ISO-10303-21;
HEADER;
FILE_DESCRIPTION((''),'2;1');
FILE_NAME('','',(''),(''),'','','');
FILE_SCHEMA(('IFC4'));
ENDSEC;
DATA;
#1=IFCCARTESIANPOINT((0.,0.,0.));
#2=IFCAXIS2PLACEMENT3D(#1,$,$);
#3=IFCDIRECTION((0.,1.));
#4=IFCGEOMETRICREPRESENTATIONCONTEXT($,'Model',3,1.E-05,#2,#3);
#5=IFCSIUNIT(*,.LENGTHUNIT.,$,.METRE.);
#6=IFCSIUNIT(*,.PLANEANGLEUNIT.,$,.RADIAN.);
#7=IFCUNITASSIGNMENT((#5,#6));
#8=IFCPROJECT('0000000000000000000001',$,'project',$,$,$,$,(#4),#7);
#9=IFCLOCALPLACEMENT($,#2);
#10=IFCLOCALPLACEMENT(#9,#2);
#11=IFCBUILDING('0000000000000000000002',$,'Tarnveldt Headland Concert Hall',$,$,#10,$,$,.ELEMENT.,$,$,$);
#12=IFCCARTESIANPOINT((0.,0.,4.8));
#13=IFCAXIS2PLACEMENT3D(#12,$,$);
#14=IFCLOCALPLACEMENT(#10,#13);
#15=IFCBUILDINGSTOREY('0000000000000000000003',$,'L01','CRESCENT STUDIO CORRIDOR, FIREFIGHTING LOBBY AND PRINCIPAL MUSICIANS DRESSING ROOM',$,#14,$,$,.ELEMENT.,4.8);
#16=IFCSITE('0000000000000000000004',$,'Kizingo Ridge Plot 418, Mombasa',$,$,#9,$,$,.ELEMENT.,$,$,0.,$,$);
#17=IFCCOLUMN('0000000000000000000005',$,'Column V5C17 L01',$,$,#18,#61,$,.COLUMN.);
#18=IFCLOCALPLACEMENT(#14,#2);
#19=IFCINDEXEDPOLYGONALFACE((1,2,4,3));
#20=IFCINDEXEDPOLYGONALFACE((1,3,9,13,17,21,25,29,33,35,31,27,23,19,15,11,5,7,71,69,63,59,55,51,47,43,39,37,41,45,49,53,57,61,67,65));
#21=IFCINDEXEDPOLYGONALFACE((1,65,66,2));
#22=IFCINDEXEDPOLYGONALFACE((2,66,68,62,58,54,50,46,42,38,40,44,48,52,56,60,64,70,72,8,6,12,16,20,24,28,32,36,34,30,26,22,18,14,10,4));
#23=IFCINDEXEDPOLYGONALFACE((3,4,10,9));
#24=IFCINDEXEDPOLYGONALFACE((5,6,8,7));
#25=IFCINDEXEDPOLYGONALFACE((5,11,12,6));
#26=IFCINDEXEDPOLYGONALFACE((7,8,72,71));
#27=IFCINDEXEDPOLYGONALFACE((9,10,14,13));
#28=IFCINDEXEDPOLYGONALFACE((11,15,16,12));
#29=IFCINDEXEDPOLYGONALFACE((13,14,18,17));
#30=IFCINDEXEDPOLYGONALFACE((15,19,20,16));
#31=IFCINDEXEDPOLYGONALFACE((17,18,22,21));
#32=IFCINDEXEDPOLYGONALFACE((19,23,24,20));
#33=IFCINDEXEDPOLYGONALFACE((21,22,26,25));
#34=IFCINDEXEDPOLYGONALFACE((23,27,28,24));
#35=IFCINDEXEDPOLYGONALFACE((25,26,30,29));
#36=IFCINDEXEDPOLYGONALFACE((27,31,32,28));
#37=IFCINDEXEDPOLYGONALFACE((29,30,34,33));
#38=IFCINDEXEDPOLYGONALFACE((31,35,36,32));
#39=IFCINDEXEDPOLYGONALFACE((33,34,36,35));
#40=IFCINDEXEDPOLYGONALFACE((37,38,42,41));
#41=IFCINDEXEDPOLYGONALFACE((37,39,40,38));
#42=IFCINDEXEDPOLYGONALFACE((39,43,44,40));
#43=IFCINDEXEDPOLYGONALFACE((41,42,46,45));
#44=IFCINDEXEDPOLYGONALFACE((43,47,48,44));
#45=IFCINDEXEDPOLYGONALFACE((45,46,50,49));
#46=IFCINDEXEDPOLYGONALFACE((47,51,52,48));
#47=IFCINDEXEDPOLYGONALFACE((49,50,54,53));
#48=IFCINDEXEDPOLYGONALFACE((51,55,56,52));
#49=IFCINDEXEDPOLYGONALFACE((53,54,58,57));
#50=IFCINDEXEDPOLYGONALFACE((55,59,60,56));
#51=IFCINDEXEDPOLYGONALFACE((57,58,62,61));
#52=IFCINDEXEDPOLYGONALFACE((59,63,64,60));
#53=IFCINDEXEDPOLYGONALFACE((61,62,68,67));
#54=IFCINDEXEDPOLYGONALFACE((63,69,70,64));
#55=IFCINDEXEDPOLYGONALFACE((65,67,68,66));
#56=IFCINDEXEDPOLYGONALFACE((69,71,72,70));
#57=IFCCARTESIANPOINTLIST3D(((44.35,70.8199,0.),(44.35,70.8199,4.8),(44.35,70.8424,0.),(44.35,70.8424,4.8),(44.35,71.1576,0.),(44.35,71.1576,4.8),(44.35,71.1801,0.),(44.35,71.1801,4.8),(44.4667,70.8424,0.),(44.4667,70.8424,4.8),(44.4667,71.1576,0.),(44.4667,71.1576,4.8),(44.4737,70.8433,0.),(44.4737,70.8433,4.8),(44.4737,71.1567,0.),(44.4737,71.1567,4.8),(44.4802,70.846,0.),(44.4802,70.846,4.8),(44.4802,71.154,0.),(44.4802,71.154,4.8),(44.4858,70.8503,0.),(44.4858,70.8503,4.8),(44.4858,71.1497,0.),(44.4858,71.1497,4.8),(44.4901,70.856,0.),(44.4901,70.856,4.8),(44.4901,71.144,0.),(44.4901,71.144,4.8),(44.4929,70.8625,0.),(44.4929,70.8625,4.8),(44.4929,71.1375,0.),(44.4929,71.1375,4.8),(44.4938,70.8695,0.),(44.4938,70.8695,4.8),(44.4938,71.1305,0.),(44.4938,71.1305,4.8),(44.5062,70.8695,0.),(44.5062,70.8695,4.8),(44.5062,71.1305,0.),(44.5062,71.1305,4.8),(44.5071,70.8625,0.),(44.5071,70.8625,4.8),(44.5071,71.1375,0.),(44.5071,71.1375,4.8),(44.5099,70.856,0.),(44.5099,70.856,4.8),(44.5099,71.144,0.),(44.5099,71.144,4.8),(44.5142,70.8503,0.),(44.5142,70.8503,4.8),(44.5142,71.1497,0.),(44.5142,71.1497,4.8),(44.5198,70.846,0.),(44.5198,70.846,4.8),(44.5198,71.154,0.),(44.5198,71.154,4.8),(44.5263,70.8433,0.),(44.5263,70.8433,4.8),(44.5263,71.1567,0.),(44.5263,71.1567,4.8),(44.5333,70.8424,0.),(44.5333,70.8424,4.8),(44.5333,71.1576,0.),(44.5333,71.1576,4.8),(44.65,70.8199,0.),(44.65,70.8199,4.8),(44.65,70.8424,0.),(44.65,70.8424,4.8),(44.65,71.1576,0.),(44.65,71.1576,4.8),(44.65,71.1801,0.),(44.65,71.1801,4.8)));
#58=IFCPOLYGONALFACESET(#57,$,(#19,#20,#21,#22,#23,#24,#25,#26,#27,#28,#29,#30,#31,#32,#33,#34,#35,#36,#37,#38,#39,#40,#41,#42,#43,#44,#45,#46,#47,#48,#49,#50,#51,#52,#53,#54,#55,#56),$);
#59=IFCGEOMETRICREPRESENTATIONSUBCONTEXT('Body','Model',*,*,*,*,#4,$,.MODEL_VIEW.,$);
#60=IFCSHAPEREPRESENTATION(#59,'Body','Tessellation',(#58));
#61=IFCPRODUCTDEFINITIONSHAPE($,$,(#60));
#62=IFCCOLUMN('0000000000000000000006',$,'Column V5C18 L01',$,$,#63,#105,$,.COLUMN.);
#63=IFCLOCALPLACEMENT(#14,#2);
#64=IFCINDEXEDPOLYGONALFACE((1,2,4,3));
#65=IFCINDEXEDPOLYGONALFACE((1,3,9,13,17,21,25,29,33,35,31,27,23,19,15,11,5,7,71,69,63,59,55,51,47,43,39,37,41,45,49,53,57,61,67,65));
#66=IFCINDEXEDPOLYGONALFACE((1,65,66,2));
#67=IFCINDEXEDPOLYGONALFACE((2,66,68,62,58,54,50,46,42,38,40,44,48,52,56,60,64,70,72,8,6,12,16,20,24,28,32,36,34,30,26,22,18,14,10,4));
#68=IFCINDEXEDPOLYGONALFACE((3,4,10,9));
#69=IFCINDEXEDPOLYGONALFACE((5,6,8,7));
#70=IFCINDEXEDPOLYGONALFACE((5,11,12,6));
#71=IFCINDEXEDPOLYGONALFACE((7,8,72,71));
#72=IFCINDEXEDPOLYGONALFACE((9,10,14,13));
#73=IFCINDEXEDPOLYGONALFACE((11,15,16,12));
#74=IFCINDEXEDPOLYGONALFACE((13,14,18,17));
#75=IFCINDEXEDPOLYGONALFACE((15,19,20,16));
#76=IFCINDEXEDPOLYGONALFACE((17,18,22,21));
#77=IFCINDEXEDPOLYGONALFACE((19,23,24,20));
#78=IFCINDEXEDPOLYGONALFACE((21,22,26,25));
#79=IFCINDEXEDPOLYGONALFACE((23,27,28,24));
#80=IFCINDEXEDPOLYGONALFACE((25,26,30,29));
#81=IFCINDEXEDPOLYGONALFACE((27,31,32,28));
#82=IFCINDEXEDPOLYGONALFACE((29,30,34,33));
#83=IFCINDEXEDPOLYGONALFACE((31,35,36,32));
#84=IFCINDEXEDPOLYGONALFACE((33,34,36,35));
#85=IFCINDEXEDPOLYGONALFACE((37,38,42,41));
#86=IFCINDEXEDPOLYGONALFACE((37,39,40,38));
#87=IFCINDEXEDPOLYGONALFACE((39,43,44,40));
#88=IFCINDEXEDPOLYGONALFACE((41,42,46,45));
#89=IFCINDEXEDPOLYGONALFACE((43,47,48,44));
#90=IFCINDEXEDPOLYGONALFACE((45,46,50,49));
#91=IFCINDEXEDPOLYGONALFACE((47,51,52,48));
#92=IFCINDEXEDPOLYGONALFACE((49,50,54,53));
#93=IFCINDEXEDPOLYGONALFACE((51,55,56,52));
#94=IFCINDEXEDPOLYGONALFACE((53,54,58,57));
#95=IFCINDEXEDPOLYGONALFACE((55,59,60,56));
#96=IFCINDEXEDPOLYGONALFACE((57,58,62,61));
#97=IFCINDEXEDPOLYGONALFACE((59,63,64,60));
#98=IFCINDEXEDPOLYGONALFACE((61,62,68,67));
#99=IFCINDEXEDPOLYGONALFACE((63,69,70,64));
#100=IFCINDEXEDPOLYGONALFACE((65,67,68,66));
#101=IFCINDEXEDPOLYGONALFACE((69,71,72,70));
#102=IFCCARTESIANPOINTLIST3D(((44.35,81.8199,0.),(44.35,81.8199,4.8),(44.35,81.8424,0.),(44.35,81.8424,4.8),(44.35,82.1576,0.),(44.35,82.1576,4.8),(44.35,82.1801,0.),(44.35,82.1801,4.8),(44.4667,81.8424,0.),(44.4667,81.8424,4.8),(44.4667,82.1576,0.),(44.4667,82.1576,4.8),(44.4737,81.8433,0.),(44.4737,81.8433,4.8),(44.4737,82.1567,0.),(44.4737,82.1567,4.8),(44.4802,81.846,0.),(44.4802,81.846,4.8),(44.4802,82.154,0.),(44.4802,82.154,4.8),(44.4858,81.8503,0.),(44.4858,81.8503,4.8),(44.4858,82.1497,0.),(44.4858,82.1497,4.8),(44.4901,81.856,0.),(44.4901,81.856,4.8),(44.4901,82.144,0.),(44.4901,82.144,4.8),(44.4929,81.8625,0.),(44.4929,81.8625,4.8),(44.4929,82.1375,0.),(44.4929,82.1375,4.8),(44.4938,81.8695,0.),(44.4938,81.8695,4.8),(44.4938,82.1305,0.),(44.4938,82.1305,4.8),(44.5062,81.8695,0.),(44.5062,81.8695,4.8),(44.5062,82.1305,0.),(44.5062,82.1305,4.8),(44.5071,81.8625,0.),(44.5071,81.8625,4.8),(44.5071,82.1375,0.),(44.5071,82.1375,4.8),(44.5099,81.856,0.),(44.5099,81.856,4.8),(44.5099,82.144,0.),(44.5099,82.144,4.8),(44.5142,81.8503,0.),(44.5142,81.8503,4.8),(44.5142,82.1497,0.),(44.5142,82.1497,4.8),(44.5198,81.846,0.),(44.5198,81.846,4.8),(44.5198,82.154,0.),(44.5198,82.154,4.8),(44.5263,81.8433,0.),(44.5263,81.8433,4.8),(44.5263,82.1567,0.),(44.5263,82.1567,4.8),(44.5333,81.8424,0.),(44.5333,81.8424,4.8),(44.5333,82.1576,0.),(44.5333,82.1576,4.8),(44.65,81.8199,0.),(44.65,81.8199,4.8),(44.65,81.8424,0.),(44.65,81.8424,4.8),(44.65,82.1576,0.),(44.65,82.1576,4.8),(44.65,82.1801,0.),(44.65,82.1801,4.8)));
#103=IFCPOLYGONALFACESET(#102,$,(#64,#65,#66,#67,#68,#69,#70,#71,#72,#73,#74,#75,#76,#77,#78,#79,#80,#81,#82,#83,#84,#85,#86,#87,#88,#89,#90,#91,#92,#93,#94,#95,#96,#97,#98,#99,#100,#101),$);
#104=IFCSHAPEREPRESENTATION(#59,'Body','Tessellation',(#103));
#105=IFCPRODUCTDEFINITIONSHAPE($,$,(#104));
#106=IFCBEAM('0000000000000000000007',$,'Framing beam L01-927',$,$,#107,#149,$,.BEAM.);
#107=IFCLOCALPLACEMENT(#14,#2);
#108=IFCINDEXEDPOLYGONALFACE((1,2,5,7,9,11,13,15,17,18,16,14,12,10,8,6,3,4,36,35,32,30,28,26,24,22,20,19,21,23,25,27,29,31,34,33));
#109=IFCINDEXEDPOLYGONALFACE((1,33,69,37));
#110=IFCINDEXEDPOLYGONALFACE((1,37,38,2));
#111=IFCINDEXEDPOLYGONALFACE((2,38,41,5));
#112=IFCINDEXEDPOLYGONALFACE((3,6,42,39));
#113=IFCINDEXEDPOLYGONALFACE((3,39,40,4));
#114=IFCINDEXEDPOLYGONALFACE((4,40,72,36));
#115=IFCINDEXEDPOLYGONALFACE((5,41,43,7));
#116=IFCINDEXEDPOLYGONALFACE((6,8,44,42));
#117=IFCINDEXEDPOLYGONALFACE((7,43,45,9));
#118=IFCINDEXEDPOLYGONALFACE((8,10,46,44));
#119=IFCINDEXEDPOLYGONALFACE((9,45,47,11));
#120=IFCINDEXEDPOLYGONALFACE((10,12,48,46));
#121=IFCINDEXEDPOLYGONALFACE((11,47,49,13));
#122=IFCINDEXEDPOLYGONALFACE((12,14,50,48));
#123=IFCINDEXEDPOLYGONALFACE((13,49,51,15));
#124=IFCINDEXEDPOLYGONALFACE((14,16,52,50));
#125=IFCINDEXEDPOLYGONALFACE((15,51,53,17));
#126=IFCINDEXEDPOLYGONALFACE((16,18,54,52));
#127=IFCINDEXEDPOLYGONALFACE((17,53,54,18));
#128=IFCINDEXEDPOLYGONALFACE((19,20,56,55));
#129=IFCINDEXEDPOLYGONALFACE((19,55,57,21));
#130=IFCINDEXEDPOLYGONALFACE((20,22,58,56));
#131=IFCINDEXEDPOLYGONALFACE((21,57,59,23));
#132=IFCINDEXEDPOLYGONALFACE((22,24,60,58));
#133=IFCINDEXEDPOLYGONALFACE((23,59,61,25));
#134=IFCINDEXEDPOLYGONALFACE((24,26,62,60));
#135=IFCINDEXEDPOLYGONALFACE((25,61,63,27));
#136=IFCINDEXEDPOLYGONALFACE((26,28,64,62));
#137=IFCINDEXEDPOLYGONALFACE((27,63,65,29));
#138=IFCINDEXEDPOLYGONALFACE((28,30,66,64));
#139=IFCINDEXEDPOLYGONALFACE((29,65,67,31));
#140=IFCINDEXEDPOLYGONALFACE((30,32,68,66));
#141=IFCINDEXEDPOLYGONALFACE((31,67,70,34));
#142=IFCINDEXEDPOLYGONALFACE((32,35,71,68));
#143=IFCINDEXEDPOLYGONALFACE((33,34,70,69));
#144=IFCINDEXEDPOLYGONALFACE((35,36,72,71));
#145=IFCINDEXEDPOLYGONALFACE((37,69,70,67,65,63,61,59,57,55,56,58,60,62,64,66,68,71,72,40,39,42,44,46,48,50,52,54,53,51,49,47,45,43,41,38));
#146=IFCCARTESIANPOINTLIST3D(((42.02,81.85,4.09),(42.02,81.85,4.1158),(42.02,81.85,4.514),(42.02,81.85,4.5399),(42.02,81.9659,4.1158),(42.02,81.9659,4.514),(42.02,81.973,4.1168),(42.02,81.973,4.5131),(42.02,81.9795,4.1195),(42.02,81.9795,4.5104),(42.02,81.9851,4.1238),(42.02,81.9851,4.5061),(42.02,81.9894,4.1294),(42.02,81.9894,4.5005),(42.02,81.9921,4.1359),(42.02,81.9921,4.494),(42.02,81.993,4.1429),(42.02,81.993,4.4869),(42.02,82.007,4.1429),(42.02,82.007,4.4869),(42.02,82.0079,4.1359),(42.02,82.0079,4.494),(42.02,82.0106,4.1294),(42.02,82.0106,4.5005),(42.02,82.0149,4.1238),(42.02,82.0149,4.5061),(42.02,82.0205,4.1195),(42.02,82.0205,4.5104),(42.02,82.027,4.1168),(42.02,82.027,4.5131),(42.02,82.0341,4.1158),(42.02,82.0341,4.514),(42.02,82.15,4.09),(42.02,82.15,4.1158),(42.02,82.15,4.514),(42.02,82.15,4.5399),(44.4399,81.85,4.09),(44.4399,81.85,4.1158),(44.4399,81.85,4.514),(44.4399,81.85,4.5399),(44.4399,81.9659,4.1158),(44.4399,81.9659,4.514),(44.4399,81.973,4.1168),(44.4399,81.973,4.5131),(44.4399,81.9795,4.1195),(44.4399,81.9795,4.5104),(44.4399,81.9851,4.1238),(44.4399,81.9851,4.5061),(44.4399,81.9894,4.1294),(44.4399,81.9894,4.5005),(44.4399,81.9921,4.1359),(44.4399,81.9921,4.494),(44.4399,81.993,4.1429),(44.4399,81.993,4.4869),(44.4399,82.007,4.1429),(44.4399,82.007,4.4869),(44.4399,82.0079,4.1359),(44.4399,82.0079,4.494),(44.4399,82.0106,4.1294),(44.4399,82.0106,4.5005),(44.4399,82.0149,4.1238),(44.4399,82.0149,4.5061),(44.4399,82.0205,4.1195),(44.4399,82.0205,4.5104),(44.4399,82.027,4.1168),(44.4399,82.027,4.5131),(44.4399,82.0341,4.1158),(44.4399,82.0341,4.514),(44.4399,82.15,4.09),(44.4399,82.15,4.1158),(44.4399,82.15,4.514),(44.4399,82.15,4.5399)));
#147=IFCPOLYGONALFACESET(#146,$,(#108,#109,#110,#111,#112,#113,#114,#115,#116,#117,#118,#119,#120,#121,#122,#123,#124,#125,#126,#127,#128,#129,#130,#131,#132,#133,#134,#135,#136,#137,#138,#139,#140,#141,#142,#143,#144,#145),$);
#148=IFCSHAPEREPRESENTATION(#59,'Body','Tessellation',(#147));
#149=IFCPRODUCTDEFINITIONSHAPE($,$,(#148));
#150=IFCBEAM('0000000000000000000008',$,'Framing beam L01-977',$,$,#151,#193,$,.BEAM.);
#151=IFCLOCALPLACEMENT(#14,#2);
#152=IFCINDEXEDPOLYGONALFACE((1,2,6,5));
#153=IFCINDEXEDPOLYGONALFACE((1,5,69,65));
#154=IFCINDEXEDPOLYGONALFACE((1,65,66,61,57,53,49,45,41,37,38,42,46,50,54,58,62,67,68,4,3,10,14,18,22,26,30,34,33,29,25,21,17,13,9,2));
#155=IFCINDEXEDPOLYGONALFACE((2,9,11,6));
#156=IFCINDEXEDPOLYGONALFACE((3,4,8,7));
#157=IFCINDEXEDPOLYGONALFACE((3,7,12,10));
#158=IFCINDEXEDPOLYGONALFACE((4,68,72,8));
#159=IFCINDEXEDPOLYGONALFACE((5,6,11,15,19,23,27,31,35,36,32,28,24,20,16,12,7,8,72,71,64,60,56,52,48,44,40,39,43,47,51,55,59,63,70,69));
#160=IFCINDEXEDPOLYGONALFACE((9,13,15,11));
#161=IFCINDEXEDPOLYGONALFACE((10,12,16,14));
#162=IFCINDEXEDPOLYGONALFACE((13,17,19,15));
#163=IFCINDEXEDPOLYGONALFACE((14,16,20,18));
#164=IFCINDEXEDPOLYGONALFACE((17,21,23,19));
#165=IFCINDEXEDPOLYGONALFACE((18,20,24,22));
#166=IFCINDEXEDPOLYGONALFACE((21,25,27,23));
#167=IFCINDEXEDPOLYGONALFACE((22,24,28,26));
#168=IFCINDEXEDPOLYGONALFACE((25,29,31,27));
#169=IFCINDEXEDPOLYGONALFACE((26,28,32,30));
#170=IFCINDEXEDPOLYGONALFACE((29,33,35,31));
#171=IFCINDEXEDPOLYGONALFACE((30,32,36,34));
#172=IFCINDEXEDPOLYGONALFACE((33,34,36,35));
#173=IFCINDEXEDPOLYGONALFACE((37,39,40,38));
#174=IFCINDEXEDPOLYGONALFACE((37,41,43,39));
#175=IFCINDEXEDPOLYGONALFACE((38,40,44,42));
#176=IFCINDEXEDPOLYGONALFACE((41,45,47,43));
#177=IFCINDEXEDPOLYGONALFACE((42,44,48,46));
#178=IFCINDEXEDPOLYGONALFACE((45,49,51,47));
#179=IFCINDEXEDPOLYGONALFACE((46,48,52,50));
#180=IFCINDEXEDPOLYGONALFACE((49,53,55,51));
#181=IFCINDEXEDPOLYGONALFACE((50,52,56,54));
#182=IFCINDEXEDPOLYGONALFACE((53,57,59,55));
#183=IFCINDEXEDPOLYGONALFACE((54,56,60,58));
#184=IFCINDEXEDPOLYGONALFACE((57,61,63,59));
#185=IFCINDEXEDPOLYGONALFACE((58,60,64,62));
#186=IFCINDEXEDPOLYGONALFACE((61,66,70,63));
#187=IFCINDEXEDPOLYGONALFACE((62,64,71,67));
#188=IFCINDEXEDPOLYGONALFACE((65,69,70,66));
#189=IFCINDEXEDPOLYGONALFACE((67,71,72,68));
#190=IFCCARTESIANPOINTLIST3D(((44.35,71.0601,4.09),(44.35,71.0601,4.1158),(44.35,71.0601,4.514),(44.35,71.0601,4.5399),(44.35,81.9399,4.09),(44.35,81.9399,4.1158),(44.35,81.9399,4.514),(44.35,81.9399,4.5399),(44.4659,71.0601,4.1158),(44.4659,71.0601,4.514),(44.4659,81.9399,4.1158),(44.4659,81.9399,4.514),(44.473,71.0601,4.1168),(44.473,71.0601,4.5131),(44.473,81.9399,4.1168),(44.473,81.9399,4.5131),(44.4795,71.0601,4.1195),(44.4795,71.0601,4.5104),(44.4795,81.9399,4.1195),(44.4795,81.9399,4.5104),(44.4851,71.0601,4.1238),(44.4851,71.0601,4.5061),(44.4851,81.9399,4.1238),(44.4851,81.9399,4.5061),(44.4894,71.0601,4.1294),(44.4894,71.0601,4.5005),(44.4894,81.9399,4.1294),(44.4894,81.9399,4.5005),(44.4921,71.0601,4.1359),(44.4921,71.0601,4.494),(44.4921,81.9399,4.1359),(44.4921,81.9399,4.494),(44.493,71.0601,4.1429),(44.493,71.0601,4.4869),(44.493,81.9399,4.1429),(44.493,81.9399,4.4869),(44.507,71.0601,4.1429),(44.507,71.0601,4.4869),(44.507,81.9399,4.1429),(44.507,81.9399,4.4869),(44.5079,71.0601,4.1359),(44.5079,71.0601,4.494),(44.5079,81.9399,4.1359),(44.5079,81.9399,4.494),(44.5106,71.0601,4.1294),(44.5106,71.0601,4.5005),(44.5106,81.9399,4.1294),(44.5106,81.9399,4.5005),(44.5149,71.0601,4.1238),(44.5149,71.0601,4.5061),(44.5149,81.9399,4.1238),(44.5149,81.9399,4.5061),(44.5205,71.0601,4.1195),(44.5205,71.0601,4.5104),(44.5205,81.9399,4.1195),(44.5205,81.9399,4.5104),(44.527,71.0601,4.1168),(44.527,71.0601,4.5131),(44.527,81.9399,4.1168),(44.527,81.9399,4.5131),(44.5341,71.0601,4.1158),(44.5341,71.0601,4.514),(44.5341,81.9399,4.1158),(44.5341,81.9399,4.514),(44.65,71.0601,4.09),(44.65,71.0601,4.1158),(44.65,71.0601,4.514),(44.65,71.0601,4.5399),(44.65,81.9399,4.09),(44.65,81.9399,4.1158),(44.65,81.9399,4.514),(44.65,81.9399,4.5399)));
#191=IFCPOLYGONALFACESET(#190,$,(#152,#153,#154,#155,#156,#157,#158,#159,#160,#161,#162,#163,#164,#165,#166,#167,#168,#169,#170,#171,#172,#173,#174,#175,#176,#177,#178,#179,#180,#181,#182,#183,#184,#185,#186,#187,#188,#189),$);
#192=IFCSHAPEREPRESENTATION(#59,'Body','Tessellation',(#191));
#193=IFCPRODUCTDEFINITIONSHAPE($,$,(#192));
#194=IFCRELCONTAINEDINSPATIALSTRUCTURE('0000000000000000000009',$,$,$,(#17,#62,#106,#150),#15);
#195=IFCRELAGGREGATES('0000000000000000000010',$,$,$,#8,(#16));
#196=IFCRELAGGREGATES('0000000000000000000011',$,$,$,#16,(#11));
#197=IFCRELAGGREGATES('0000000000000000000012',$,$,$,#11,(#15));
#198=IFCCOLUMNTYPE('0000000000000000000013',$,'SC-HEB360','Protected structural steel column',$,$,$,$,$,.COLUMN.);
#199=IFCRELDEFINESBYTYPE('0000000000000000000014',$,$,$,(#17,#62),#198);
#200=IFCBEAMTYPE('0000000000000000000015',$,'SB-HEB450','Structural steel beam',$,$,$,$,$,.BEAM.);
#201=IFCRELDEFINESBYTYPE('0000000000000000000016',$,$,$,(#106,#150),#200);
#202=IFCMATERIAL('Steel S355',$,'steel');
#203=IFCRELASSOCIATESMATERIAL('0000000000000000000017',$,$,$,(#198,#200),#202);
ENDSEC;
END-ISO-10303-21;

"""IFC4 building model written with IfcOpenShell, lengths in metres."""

from ifc_helpers import new_model, si_unit, direction, frame, origin, origin_2d, place, context, subcontext, project, spatial, i_section, extrude, material, material_profile, profile_set, type_object, element, save


model = new_model("IFC4")

# Units and contexts
model_context = context("Model", 3, precision=1e-05, world=origin(), true_north=direction((0.0, 1.0)))
body_context = subcontext(model_context, "Body", "Model", "MODEL_VIEW")
ifc_project = project(units=[si_unit("LENGTHUNIT", "METRE"), si_unit("PLANEANGLEUNIT", "RADIAN")], contexts=[model_context])

# Site, building, storey
site_placement = place(None, origin())
site = spatial("IfcSite", under=ifc_project, at=site_placement, Name="Kizingo Ridge Plot 418, Mombasa", CompositionType="ELEMENT", RefElevation=0.0)
building_placement = place(site_placement, origin())
building = spatial("IfcBuilding", under=site, at=building_placement, Name="Tarnveldt Headland Concert Hall", CompositionType="ELEMENT")
storey_placement = place(building_placement, frame((0.0, 0.0, 4.8)))
storey = spatial("IfcBuildingStorey", under=building, at=storey_placement, Name="L01", Description="CRESCENT STUDIO CORRIDOR, FIREFIGHTING LOBBY AND PRINCIPAL MUSICIANS DRESSING ROOM", CompositionType="ELEMENT", Elevation=4.8)

# Columns
ifc_material_1 = material(Name="Steel S355", Category="steel")
ifc_material_profile_1 = material_profile(ifc_material_1, i_section(OverallWidth=0.3, OverallDepth=0.3601, WebThickness=0.0125, FlangeThickness=0.0225, FilletRadius=0.0271, at=origin_2d()), Name="HEB360", Category="steel")
ifc_profile_set_1 = profile_set([ifc_material_profile_1], Name="Steel S355")
column_type = type_object("IfcColumnType", Name="SC-HEB360", Description="Protected structural steel column", PredefinedType="COLUMN", material=ifc_profile_set_1)
for number, where, z_axis, x_axis, name in (
    (1, (44.5, 71.0, 0.0), (0.0, 0.0, 1.0), (1.0, 0.0, 0.0), "Column V5C17 L01"),
    (2, (44.5, 82.0, 0.0), (0.0, 0.0, 1.0), (1.0, 0.0, 0.0), "Column V5C18 L01"),
):
    element("IfcColumn", number, at=place(storey_placement, frame(where, z_axis=z_axis, x_axis=x_axis)), inside=storey, type_object=column_type, Name=name, PredefinedType="COLUMN", context=body_context, shape_type="SweptSolid", body=[
        extrude(i_section(OverallWidth=0.3, OverallDepth=0.3601, WebThickness=0.0125, FlangeThickness=0.0225, FilletRadius=0.0271, at=origin_2d()), origin(), (0.0, 0.0, 1.0), 4.8),
    ])

# Beams
ifc_material_profile_2 = material_profile(ifc_material_1, i_section(OverallWidth=0.3, OverallDepth=0.45, WebThickness=0.0139, FlangeThickness=0.0259, FilletRadius=0.0271, at=origin_2d()), Name="HEB450", Category="steel")
ifc_profile_set_2 = profile_set([ifc_material_profile_2], Name="Steel S355")
beam_type_1 = type_object("IfcBeamType", Name="SB-HEB450", Description="Structural steel beam", PredefinedType="BEAM", material=ifc_profile_set_2)
beam_1_placement = place(storey_placement, frame((42.02, 82.0, 4.3149), z_axis=(1.0, 0.0, 0.0), x_axis=(0.0, 1.0, 0.0)))
element("IfcBeam", 3, at=beam_1_placement, inside=storey, type_object=beam_type_1, Name="Framing beam L01-927", PredefinedType="BEAM", context=body_context, shape_type="SweptSolid", body=[
    extrude(i_section(OverallWidth=0.3, OverallDepth=0.45, WebThickness=0.0139, FlangeThickness=0.0259, FilletRadius=0.0271, at=origin_2d()), origin(), (0.0, 0.0, 1.0), 2.4199),
])
for number, where, z_axis, x_axis, name in (
    (4, (44.5, 71.0601, 4.3149), (0.0, 1.0, 0.0), (-1.0, 0.0, 0.0), "Framing beam L01-977"),
):
    element("IfcBeam", number, at=place(storey_placement, frame(where, z_axis=z_axis, x_axis=x_axis)), inside=storey, type_object=beam_type_1, Name=name, PredefinedType="BEAM", context=body_context, shape_type="SweptSolid", body=[
        extrude(i_section(OverallWidth=0.3, OverallDepth=0.45, WebThickness=0.0139, FlangeThickness=0.0259, FilletRadius=0.0271, at=origin_2d()), origin(), (0.0, 0.0, 1.0), 10.8799),
    ])

save(model, "model.ifc")
